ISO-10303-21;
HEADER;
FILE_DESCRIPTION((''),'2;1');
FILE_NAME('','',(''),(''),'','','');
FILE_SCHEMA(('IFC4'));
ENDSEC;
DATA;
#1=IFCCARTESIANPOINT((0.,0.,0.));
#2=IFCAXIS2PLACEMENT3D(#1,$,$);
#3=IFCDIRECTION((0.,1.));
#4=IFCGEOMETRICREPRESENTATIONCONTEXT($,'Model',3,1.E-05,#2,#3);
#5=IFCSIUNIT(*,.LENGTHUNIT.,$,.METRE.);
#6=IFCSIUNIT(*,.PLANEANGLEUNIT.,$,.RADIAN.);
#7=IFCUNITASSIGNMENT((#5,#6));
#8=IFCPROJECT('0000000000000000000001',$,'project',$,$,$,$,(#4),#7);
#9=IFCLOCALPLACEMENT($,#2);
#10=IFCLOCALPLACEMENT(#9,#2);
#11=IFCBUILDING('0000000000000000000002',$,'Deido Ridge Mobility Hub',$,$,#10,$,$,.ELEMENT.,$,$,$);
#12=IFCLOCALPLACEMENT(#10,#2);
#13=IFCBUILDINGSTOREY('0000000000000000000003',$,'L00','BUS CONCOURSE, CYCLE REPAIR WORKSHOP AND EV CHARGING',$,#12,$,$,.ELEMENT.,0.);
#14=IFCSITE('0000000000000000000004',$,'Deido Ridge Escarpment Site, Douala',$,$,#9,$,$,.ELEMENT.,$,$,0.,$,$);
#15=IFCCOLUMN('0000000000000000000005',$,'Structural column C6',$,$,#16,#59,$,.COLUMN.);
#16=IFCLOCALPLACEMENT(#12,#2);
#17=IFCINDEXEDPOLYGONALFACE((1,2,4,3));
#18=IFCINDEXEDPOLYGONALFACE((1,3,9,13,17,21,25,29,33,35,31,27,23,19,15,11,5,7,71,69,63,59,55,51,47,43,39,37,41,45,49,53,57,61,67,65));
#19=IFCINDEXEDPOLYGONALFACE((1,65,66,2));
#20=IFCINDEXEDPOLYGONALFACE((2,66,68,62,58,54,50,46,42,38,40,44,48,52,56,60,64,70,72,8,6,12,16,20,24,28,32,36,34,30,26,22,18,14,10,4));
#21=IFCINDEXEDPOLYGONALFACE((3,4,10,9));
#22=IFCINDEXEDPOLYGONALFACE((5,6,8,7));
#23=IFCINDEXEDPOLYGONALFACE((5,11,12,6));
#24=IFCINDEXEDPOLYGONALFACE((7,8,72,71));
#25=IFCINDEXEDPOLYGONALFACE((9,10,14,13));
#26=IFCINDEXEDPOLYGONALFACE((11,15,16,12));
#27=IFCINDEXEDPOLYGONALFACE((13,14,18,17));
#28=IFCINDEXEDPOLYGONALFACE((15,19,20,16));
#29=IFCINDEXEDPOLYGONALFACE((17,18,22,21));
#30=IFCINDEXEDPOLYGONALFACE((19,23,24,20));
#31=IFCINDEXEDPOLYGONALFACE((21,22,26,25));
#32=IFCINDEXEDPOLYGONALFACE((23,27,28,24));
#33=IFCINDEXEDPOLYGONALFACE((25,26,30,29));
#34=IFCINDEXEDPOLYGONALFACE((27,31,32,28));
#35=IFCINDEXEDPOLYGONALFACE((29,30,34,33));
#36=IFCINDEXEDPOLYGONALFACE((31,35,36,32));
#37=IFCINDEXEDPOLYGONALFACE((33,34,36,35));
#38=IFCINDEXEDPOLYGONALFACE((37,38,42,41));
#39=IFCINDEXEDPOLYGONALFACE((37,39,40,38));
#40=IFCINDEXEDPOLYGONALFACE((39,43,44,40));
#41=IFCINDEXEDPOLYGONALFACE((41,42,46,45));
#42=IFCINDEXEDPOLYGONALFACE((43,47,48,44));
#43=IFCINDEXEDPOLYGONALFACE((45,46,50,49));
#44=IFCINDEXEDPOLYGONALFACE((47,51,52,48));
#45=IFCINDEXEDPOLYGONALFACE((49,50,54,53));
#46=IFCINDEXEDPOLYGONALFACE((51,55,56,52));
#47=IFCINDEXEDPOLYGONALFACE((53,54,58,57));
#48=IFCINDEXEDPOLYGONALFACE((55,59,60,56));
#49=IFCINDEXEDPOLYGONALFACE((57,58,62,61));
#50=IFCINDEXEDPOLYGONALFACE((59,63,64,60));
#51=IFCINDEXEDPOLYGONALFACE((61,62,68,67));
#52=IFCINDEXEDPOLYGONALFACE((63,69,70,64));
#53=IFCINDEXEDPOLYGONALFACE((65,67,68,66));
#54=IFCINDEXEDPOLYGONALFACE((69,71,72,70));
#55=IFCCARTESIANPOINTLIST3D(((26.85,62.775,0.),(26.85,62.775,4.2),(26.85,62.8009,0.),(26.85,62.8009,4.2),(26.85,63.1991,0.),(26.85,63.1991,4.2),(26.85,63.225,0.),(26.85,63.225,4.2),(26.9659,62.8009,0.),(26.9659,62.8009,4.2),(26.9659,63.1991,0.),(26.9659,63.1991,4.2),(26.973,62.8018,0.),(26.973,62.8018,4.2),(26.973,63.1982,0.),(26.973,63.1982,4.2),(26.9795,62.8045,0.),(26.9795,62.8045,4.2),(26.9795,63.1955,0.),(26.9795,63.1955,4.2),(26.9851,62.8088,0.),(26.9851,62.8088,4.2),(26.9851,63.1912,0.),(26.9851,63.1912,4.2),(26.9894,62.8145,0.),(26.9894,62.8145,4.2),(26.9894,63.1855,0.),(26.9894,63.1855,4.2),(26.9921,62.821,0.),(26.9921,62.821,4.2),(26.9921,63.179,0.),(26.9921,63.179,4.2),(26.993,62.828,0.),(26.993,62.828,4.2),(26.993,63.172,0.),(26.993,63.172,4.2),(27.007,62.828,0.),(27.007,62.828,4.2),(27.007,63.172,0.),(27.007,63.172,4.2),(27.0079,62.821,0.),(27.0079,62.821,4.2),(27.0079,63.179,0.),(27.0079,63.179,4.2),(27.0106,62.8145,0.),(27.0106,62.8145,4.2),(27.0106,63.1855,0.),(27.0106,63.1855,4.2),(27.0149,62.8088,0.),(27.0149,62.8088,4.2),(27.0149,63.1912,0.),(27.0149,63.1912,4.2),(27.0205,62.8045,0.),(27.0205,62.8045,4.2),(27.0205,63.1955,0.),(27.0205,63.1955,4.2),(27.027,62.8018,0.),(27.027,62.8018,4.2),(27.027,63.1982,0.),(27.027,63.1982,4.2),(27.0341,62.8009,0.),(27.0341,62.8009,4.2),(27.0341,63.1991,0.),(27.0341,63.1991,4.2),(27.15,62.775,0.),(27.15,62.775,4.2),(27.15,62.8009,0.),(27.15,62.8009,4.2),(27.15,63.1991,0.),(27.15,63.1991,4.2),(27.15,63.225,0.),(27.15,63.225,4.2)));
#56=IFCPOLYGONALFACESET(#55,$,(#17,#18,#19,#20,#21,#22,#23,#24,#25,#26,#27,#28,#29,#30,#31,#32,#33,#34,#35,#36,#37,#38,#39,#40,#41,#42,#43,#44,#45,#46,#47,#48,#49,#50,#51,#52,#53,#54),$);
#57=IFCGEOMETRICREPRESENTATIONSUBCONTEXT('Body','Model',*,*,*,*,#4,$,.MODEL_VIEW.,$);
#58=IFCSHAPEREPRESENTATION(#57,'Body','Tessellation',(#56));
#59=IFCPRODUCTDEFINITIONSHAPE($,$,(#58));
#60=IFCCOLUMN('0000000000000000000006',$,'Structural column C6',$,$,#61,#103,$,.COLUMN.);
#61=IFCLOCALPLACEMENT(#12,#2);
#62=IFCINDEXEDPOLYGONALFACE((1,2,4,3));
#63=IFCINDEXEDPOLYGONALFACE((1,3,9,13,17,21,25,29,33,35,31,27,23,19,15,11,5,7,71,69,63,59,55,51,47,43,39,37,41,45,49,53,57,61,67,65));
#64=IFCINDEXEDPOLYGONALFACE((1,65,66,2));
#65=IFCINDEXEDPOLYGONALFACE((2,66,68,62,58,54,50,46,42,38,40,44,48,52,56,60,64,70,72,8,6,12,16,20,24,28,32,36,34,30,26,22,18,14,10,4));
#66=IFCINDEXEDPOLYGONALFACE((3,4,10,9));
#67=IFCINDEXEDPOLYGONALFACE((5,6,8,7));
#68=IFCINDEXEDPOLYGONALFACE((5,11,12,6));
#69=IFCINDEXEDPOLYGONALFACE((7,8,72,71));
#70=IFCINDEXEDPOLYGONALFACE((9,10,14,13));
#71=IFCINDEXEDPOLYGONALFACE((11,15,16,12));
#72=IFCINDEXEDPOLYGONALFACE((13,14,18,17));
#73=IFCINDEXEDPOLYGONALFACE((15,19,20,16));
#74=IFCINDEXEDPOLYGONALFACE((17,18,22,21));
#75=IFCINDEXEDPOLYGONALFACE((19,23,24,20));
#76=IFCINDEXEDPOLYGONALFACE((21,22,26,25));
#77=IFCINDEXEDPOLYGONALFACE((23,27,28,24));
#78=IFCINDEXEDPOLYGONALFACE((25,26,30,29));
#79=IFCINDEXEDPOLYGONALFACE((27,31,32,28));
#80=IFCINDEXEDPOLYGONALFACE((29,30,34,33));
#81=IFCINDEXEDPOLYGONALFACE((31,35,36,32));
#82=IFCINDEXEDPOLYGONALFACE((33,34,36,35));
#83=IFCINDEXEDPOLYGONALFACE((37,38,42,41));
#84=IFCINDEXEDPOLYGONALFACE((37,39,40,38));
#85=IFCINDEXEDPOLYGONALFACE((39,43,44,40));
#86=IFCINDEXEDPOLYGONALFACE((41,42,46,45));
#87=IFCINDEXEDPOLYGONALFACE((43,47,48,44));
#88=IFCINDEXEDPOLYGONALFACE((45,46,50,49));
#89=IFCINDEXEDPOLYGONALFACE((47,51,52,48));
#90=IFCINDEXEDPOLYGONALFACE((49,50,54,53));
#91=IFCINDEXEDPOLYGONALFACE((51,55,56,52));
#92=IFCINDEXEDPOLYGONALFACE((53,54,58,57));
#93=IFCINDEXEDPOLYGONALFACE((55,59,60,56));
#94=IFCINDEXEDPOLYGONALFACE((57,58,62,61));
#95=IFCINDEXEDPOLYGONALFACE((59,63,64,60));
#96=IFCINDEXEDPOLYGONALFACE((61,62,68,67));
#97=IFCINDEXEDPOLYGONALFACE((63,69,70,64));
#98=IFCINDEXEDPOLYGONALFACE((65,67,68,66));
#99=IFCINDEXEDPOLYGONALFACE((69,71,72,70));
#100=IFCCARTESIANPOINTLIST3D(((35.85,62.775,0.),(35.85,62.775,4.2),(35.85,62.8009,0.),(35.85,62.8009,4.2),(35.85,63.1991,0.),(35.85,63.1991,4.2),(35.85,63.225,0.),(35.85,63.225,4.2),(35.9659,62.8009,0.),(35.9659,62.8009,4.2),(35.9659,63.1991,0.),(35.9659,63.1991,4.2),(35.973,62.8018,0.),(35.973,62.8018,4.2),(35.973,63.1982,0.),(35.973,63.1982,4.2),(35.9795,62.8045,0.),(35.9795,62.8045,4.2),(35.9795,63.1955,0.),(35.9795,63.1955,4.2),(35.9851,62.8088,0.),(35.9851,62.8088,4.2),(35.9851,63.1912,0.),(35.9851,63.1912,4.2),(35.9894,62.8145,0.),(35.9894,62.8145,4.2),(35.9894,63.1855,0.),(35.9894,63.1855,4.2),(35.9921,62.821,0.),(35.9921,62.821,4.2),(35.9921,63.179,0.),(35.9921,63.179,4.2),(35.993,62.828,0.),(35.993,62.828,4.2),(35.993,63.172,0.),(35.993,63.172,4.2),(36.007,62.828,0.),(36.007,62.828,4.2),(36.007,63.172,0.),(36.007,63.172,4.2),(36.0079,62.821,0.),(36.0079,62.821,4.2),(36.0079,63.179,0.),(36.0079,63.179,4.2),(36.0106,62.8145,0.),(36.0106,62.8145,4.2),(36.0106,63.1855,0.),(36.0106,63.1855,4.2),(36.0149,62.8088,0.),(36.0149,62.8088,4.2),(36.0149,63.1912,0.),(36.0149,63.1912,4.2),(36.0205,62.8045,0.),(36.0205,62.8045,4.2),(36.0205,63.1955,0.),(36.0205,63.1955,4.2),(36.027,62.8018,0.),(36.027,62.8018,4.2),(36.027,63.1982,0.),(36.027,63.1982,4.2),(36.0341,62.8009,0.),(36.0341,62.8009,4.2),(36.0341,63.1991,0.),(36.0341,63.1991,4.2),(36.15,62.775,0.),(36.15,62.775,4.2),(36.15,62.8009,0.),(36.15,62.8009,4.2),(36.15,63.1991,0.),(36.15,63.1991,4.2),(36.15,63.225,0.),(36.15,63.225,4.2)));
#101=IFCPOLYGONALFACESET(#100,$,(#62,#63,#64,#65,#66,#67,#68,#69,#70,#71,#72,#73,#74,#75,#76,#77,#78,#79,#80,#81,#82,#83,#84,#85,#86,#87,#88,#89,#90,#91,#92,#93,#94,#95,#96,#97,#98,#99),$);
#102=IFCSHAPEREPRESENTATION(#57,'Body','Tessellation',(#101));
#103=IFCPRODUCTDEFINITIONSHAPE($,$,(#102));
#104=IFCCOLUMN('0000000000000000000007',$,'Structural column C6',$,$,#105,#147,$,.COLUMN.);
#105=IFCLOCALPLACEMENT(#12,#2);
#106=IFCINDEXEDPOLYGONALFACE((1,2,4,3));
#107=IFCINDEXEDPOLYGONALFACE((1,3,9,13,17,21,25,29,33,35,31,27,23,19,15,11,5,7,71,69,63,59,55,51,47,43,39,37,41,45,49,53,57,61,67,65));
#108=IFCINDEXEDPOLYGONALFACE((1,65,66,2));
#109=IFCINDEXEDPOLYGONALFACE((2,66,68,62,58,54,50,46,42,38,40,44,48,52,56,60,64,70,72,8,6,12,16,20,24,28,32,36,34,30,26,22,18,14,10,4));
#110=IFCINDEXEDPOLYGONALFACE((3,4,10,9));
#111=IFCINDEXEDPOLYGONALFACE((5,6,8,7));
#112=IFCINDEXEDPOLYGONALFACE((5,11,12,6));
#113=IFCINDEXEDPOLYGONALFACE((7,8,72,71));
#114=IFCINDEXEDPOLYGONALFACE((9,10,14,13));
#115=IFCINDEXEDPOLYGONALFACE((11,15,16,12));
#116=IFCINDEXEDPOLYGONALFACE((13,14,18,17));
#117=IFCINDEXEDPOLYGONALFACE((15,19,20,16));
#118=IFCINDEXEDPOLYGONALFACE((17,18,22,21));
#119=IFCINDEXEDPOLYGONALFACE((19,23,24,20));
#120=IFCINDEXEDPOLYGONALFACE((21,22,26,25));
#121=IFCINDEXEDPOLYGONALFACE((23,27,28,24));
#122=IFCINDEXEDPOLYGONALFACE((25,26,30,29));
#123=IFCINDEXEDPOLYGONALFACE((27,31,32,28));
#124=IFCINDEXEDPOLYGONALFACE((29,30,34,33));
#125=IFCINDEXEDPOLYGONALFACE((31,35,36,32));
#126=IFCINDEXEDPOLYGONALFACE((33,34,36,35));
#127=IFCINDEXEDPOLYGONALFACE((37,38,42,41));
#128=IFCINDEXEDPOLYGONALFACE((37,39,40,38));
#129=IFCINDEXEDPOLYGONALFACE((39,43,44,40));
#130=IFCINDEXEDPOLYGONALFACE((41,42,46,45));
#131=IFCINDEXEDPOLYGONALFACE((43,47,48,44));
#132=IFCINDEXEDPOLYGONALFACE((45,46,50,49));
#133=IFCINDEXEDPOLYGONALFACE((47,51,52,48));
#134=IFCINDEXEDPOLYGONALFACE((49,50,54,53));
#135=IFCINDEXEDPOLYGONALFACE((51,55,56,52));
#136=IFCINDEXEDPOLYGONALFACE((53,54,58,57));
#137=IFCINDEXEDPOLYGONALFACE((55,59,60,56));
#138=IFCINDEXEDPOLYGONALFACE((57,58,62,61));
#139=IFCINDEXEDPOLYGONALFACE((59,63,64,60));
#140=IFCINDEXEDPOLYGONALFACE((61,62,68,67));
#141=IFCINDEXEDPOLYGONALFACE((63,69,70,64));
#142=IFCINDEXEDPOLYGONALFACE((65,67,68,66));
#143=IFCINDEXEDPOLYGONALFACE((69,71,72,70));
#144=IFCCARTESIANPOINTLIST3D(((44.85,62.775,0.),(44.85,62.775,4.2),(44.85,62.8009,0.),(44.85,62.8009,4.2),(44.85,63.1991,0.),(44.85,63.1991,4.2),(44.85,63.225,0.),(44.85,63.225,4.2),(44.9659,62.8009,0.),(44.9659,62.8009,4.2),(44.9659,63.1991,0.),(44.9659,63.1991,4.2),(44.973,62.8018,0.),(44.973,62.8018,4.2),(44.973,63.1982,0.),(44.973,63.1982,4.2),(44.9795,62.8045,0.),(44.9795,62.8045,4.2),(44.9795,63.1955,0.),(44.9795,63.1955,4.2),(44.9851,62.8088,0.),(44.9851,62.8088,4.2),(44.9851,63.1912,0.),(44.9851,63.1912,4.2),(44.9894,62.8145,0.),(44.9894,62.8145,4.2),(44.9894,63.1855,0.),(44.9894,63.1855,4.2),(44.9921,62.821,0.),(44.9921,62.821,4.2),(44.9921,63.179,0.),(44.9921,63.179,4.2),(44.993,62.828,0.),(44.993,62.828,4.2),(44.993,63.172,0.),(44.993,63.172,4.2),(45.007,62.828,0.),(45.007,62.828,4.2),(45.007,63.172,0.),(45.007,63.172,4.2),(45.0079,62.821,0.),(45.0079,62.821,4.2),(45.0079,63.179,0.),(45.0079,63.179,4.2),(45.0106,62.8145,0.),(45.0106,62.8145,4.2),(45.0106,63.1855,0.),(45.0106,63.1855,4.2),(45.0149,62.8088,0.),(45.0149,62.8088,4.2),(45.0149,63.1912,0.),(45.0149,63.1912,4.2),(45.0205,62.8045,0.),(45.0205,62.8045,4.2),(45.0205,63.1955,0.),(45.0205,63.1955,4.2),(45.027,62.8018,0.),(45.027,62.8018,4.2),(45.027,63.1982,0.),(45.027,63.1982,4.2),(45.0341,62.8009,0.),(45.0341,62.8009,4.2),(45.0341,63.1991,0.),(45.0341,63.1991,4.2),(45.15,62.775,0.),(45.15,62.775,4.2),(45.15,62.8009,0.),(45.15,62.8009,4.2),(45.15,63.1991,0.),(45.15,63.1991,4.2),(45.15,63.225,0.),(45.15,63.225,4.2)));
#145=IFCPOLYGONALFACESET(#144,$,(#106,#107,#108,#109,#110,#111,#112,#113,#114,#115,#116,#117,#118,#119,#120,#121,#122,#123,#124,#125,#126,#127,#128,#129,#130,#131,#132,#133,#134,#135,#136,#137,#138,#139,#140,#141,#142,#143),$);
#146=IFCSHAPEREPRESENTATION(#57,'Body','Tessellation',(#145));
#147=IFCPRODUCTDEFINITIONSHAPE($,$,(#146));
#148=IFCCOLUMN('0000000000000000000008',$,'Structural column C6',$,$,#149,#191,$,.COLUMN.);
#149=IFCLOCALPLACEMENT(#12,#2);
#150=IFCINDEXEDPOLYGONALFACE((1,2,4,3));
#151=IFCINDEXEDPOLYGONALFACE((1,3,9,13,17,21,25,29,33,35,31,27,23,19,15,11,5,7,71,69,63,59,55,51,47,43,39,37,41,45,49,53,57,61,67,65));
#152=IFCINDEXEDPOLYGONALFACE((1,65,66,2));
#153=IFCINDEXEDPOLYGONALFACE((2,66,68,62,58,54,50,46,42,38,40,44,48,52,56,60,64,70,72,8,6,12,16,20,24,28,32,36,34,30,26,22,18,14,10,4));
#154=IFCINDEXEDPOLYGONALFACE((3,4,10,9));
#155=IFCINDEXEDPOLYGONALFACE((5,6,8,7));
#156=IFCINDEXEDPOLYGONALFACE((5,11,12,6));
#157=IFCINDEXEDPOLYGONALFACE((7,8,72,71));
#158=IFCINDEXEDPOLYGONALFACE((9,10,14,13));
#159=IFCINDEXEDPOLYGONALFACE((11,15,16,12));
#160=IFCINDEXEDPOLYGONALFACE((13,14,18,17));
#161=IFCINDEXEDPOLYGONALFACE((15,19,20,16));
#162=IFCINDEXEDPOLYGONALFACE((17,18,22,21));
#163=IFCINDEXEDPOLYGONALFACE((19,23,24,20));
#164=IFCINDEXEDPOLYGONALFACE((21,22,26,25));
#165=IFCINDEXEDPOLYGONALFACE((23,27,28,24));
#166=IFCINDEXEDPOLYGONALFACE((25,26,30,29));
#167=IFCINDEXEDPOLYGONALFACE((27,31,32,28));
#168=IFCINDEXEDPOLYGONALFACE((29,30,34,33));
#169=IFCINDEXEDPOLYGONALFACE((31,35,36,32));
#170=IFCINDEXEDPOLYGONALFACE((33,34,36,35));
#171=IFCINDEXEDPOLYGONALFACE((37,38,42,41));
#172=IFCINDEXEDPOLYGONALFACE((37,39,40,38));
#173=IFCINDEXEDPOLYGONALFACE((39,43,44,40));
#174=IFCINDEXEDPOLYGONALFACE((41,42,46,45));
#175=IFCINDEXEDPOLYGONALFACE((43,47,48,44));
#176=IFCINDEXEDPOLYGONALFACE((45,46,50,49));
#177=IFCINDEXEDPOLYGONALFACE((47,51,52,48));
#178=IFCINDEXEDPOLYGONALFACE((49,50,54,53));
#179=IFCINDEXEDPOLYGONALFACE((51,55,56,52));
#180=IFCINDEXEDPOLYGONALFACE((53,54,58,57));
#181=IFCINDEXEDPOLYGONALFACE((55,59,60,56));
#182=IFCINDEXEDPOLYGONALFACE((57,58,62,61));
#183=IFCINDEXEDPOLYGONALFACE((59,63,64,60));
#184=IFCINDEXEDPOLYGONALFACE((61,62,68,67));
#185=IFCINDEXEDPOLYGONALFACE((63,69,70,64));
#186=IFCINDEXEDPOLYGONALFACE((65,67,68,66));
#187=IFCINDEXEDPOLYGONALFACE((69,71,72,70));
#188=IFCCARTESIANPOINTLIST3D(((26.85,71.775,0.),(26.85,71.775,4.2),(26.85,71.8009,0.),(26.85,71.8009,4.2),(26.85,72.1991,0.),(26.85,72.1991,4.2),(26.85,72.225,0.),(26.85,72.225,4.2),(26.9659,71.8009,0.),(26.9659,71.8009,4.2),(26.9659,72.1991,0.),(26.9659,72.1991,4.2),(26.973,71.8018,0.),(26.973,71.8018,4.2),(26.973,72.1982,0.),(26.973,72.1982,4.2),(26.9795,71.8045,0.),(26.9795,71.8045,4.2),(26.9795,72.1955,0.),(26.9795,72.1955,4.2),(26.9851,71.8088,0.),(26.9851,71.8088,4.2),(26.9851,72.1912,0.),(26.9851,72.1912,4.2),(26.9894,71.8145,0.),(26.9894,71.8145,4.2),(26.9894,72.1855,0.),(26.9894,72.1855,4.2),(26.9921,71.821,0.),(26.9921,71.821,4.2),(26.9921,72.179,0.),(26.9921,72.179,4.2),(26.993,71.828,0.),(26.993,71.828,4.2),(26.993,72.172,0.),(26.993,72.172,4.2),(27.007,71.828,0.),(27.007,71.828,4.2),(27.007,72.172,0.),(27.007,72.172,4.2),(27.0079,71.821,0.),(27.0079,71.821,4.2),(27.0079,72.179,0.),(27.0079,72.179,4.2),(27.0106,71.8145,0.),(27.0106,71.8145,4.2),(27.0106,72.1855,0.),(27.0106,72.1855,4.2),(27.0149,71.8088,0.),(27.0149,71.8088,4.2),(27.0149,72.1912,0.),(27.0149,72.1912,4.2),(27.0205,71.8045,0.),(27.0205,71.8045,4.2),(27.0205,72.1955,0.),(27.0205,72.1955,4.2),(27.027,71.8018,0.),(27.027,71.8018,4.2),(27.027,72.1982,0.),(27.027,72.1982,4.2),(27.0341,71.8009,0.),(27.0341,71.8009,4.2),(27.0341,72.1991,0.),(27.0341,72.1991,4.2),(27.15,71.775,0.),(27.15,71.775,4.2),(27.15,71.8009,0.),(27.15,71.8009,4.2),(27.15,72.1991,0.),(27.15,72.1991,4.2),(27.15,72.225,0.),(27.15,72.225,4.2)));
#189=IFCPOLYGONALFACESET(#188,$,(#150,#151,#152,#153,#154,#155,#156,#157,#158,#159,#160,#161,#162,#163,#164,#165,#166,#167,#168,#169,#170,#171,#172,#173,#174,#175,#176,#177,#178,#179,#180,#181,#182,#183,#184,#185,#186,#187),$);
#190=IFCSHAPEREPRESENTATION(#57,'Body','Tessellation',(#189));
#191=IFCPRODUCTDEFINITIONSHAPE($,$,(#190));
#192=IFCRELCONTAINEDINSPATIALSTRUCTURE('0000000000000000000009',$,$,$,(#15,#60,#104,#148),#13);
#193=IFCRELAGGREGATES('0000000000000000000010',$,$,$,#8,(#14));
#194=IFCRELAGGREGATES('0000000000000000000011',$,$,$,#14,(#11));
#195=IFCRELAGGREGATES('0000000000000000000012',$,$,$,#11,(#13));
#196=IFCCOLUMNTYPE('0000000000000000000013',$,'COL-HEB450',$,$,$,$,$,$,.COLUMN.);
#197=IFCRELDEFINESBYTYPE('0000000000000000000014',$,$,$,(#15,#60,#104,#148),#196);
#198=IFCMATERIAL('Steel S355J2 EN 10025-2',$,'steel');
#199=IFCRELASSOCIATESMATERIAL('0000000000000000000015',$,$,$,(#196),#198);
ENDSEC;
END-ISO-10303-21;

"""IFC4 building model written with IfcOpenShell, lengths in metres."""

from ifc_helpers import new_model, si_unit, direction, frame, origin, origin_2d, place, context, subcontext, project, spatial, i_section, extrude, material, material_profile, profile_set, type_object, element, save


model = new_model("IFC4")

# Units and contexts
model_context = context("Model", 3, precision=1e-05, world=origin(), true_north=direction((0.0, 1.0)))
body_context = subcontext(model_context, "Body", "Model", "MODEL_VIEW")
ifc_project = project(units=[si_unit("LENGTHUNIT", "METRE"), si_unit("PLANEANGLEUNIT", "RADIAN")], contexts=[model_context])

# Site, building, storey
site_placement = place(None, origin())
site = spatial("IfcSite", under=ifc_project, at=site_placement, Name="Deido Ridge Escarpment Site, Douala", CompositionType="ELEMENT", RefElevation=0.0)
building_placement = place(site_placement, origin())
building = spatial("IfcBuilding", under=site, at=building_placement, Name="Deido Ridge Mobility Hub", CompositionType="ELEMENT")
storey_placement = place(building_placement, origin())
storey = spatial("IfcBuildingStorey", under=building, at=storey_placement, Name="L00", Description="BUS CONCOURSE, CYCLE REPAIR WORKSHOP AND EV CHARGING", CompositionType="ELEMENT", Elevation=0.0)

# Columns
ifc_material_1 = material(Name="Steel S355J2 EN 10025-2", Category="steel")
ifc_material_profile_1 = material_profile(ifc_material_1, i_section(OverallWidth=0.3, OverallDepth=0.45, WebThickness=0.0139, FlangeThickness=0.0259, FilletRadius=0.0271, at=origin_2d()), Name="HEB 450")
ifc_profile_set_1 = profile_set([ifc_material_profile_1], Name="Steel S355J2 EN 10025-2")
column_type = type_object("IfcColumnType", Name="COL-HEB450", PredefinedType="COLUMN", material=ifc_profile_set_1)
for number, where, z_axis, x_axis, name in (
    (1, (27.0, 63.0, 0.0), (0.0, 0.0, 1.0), (1.0, 0.0, 0.0), "Structural column C6"),
    (2, (36.0, 63.0, 0.0), (0.0, 0.0, 1.0), (1.0, 0.0, 0.0), "Structural column C6"),
    (3, (45.0, 63.0, 0.0), (0.0, 0.0, 1.0), (1.0, 0.0, 0.0), "Structural column C6"),
    (4, (27.0, 72.0, 0.0), (0.0, 0.0, 1.0), (1.0, 0.0, 0.0), "Structural column C6"),
):
    element("IfcColumn", number, at=place(storey_placement, frame(where, z_axis=z_axis, x_axis=x_axis)), inside=storey, type_object=column_type, Name=name, PredefinedType="COLUMN", context=body_context, shape_type="SweptSolid", body=[
        extrude(i_section(OverallWidth=0.3, OverallDepth=0.45, WebThickness=0.0139, FlangeThickness=0.0259, FilletRadius=0.0271, at=origin_2d()), origin(), (0.0, 0.0, 1.0), 4.2),
    ])

save(model, "model.ifc")
